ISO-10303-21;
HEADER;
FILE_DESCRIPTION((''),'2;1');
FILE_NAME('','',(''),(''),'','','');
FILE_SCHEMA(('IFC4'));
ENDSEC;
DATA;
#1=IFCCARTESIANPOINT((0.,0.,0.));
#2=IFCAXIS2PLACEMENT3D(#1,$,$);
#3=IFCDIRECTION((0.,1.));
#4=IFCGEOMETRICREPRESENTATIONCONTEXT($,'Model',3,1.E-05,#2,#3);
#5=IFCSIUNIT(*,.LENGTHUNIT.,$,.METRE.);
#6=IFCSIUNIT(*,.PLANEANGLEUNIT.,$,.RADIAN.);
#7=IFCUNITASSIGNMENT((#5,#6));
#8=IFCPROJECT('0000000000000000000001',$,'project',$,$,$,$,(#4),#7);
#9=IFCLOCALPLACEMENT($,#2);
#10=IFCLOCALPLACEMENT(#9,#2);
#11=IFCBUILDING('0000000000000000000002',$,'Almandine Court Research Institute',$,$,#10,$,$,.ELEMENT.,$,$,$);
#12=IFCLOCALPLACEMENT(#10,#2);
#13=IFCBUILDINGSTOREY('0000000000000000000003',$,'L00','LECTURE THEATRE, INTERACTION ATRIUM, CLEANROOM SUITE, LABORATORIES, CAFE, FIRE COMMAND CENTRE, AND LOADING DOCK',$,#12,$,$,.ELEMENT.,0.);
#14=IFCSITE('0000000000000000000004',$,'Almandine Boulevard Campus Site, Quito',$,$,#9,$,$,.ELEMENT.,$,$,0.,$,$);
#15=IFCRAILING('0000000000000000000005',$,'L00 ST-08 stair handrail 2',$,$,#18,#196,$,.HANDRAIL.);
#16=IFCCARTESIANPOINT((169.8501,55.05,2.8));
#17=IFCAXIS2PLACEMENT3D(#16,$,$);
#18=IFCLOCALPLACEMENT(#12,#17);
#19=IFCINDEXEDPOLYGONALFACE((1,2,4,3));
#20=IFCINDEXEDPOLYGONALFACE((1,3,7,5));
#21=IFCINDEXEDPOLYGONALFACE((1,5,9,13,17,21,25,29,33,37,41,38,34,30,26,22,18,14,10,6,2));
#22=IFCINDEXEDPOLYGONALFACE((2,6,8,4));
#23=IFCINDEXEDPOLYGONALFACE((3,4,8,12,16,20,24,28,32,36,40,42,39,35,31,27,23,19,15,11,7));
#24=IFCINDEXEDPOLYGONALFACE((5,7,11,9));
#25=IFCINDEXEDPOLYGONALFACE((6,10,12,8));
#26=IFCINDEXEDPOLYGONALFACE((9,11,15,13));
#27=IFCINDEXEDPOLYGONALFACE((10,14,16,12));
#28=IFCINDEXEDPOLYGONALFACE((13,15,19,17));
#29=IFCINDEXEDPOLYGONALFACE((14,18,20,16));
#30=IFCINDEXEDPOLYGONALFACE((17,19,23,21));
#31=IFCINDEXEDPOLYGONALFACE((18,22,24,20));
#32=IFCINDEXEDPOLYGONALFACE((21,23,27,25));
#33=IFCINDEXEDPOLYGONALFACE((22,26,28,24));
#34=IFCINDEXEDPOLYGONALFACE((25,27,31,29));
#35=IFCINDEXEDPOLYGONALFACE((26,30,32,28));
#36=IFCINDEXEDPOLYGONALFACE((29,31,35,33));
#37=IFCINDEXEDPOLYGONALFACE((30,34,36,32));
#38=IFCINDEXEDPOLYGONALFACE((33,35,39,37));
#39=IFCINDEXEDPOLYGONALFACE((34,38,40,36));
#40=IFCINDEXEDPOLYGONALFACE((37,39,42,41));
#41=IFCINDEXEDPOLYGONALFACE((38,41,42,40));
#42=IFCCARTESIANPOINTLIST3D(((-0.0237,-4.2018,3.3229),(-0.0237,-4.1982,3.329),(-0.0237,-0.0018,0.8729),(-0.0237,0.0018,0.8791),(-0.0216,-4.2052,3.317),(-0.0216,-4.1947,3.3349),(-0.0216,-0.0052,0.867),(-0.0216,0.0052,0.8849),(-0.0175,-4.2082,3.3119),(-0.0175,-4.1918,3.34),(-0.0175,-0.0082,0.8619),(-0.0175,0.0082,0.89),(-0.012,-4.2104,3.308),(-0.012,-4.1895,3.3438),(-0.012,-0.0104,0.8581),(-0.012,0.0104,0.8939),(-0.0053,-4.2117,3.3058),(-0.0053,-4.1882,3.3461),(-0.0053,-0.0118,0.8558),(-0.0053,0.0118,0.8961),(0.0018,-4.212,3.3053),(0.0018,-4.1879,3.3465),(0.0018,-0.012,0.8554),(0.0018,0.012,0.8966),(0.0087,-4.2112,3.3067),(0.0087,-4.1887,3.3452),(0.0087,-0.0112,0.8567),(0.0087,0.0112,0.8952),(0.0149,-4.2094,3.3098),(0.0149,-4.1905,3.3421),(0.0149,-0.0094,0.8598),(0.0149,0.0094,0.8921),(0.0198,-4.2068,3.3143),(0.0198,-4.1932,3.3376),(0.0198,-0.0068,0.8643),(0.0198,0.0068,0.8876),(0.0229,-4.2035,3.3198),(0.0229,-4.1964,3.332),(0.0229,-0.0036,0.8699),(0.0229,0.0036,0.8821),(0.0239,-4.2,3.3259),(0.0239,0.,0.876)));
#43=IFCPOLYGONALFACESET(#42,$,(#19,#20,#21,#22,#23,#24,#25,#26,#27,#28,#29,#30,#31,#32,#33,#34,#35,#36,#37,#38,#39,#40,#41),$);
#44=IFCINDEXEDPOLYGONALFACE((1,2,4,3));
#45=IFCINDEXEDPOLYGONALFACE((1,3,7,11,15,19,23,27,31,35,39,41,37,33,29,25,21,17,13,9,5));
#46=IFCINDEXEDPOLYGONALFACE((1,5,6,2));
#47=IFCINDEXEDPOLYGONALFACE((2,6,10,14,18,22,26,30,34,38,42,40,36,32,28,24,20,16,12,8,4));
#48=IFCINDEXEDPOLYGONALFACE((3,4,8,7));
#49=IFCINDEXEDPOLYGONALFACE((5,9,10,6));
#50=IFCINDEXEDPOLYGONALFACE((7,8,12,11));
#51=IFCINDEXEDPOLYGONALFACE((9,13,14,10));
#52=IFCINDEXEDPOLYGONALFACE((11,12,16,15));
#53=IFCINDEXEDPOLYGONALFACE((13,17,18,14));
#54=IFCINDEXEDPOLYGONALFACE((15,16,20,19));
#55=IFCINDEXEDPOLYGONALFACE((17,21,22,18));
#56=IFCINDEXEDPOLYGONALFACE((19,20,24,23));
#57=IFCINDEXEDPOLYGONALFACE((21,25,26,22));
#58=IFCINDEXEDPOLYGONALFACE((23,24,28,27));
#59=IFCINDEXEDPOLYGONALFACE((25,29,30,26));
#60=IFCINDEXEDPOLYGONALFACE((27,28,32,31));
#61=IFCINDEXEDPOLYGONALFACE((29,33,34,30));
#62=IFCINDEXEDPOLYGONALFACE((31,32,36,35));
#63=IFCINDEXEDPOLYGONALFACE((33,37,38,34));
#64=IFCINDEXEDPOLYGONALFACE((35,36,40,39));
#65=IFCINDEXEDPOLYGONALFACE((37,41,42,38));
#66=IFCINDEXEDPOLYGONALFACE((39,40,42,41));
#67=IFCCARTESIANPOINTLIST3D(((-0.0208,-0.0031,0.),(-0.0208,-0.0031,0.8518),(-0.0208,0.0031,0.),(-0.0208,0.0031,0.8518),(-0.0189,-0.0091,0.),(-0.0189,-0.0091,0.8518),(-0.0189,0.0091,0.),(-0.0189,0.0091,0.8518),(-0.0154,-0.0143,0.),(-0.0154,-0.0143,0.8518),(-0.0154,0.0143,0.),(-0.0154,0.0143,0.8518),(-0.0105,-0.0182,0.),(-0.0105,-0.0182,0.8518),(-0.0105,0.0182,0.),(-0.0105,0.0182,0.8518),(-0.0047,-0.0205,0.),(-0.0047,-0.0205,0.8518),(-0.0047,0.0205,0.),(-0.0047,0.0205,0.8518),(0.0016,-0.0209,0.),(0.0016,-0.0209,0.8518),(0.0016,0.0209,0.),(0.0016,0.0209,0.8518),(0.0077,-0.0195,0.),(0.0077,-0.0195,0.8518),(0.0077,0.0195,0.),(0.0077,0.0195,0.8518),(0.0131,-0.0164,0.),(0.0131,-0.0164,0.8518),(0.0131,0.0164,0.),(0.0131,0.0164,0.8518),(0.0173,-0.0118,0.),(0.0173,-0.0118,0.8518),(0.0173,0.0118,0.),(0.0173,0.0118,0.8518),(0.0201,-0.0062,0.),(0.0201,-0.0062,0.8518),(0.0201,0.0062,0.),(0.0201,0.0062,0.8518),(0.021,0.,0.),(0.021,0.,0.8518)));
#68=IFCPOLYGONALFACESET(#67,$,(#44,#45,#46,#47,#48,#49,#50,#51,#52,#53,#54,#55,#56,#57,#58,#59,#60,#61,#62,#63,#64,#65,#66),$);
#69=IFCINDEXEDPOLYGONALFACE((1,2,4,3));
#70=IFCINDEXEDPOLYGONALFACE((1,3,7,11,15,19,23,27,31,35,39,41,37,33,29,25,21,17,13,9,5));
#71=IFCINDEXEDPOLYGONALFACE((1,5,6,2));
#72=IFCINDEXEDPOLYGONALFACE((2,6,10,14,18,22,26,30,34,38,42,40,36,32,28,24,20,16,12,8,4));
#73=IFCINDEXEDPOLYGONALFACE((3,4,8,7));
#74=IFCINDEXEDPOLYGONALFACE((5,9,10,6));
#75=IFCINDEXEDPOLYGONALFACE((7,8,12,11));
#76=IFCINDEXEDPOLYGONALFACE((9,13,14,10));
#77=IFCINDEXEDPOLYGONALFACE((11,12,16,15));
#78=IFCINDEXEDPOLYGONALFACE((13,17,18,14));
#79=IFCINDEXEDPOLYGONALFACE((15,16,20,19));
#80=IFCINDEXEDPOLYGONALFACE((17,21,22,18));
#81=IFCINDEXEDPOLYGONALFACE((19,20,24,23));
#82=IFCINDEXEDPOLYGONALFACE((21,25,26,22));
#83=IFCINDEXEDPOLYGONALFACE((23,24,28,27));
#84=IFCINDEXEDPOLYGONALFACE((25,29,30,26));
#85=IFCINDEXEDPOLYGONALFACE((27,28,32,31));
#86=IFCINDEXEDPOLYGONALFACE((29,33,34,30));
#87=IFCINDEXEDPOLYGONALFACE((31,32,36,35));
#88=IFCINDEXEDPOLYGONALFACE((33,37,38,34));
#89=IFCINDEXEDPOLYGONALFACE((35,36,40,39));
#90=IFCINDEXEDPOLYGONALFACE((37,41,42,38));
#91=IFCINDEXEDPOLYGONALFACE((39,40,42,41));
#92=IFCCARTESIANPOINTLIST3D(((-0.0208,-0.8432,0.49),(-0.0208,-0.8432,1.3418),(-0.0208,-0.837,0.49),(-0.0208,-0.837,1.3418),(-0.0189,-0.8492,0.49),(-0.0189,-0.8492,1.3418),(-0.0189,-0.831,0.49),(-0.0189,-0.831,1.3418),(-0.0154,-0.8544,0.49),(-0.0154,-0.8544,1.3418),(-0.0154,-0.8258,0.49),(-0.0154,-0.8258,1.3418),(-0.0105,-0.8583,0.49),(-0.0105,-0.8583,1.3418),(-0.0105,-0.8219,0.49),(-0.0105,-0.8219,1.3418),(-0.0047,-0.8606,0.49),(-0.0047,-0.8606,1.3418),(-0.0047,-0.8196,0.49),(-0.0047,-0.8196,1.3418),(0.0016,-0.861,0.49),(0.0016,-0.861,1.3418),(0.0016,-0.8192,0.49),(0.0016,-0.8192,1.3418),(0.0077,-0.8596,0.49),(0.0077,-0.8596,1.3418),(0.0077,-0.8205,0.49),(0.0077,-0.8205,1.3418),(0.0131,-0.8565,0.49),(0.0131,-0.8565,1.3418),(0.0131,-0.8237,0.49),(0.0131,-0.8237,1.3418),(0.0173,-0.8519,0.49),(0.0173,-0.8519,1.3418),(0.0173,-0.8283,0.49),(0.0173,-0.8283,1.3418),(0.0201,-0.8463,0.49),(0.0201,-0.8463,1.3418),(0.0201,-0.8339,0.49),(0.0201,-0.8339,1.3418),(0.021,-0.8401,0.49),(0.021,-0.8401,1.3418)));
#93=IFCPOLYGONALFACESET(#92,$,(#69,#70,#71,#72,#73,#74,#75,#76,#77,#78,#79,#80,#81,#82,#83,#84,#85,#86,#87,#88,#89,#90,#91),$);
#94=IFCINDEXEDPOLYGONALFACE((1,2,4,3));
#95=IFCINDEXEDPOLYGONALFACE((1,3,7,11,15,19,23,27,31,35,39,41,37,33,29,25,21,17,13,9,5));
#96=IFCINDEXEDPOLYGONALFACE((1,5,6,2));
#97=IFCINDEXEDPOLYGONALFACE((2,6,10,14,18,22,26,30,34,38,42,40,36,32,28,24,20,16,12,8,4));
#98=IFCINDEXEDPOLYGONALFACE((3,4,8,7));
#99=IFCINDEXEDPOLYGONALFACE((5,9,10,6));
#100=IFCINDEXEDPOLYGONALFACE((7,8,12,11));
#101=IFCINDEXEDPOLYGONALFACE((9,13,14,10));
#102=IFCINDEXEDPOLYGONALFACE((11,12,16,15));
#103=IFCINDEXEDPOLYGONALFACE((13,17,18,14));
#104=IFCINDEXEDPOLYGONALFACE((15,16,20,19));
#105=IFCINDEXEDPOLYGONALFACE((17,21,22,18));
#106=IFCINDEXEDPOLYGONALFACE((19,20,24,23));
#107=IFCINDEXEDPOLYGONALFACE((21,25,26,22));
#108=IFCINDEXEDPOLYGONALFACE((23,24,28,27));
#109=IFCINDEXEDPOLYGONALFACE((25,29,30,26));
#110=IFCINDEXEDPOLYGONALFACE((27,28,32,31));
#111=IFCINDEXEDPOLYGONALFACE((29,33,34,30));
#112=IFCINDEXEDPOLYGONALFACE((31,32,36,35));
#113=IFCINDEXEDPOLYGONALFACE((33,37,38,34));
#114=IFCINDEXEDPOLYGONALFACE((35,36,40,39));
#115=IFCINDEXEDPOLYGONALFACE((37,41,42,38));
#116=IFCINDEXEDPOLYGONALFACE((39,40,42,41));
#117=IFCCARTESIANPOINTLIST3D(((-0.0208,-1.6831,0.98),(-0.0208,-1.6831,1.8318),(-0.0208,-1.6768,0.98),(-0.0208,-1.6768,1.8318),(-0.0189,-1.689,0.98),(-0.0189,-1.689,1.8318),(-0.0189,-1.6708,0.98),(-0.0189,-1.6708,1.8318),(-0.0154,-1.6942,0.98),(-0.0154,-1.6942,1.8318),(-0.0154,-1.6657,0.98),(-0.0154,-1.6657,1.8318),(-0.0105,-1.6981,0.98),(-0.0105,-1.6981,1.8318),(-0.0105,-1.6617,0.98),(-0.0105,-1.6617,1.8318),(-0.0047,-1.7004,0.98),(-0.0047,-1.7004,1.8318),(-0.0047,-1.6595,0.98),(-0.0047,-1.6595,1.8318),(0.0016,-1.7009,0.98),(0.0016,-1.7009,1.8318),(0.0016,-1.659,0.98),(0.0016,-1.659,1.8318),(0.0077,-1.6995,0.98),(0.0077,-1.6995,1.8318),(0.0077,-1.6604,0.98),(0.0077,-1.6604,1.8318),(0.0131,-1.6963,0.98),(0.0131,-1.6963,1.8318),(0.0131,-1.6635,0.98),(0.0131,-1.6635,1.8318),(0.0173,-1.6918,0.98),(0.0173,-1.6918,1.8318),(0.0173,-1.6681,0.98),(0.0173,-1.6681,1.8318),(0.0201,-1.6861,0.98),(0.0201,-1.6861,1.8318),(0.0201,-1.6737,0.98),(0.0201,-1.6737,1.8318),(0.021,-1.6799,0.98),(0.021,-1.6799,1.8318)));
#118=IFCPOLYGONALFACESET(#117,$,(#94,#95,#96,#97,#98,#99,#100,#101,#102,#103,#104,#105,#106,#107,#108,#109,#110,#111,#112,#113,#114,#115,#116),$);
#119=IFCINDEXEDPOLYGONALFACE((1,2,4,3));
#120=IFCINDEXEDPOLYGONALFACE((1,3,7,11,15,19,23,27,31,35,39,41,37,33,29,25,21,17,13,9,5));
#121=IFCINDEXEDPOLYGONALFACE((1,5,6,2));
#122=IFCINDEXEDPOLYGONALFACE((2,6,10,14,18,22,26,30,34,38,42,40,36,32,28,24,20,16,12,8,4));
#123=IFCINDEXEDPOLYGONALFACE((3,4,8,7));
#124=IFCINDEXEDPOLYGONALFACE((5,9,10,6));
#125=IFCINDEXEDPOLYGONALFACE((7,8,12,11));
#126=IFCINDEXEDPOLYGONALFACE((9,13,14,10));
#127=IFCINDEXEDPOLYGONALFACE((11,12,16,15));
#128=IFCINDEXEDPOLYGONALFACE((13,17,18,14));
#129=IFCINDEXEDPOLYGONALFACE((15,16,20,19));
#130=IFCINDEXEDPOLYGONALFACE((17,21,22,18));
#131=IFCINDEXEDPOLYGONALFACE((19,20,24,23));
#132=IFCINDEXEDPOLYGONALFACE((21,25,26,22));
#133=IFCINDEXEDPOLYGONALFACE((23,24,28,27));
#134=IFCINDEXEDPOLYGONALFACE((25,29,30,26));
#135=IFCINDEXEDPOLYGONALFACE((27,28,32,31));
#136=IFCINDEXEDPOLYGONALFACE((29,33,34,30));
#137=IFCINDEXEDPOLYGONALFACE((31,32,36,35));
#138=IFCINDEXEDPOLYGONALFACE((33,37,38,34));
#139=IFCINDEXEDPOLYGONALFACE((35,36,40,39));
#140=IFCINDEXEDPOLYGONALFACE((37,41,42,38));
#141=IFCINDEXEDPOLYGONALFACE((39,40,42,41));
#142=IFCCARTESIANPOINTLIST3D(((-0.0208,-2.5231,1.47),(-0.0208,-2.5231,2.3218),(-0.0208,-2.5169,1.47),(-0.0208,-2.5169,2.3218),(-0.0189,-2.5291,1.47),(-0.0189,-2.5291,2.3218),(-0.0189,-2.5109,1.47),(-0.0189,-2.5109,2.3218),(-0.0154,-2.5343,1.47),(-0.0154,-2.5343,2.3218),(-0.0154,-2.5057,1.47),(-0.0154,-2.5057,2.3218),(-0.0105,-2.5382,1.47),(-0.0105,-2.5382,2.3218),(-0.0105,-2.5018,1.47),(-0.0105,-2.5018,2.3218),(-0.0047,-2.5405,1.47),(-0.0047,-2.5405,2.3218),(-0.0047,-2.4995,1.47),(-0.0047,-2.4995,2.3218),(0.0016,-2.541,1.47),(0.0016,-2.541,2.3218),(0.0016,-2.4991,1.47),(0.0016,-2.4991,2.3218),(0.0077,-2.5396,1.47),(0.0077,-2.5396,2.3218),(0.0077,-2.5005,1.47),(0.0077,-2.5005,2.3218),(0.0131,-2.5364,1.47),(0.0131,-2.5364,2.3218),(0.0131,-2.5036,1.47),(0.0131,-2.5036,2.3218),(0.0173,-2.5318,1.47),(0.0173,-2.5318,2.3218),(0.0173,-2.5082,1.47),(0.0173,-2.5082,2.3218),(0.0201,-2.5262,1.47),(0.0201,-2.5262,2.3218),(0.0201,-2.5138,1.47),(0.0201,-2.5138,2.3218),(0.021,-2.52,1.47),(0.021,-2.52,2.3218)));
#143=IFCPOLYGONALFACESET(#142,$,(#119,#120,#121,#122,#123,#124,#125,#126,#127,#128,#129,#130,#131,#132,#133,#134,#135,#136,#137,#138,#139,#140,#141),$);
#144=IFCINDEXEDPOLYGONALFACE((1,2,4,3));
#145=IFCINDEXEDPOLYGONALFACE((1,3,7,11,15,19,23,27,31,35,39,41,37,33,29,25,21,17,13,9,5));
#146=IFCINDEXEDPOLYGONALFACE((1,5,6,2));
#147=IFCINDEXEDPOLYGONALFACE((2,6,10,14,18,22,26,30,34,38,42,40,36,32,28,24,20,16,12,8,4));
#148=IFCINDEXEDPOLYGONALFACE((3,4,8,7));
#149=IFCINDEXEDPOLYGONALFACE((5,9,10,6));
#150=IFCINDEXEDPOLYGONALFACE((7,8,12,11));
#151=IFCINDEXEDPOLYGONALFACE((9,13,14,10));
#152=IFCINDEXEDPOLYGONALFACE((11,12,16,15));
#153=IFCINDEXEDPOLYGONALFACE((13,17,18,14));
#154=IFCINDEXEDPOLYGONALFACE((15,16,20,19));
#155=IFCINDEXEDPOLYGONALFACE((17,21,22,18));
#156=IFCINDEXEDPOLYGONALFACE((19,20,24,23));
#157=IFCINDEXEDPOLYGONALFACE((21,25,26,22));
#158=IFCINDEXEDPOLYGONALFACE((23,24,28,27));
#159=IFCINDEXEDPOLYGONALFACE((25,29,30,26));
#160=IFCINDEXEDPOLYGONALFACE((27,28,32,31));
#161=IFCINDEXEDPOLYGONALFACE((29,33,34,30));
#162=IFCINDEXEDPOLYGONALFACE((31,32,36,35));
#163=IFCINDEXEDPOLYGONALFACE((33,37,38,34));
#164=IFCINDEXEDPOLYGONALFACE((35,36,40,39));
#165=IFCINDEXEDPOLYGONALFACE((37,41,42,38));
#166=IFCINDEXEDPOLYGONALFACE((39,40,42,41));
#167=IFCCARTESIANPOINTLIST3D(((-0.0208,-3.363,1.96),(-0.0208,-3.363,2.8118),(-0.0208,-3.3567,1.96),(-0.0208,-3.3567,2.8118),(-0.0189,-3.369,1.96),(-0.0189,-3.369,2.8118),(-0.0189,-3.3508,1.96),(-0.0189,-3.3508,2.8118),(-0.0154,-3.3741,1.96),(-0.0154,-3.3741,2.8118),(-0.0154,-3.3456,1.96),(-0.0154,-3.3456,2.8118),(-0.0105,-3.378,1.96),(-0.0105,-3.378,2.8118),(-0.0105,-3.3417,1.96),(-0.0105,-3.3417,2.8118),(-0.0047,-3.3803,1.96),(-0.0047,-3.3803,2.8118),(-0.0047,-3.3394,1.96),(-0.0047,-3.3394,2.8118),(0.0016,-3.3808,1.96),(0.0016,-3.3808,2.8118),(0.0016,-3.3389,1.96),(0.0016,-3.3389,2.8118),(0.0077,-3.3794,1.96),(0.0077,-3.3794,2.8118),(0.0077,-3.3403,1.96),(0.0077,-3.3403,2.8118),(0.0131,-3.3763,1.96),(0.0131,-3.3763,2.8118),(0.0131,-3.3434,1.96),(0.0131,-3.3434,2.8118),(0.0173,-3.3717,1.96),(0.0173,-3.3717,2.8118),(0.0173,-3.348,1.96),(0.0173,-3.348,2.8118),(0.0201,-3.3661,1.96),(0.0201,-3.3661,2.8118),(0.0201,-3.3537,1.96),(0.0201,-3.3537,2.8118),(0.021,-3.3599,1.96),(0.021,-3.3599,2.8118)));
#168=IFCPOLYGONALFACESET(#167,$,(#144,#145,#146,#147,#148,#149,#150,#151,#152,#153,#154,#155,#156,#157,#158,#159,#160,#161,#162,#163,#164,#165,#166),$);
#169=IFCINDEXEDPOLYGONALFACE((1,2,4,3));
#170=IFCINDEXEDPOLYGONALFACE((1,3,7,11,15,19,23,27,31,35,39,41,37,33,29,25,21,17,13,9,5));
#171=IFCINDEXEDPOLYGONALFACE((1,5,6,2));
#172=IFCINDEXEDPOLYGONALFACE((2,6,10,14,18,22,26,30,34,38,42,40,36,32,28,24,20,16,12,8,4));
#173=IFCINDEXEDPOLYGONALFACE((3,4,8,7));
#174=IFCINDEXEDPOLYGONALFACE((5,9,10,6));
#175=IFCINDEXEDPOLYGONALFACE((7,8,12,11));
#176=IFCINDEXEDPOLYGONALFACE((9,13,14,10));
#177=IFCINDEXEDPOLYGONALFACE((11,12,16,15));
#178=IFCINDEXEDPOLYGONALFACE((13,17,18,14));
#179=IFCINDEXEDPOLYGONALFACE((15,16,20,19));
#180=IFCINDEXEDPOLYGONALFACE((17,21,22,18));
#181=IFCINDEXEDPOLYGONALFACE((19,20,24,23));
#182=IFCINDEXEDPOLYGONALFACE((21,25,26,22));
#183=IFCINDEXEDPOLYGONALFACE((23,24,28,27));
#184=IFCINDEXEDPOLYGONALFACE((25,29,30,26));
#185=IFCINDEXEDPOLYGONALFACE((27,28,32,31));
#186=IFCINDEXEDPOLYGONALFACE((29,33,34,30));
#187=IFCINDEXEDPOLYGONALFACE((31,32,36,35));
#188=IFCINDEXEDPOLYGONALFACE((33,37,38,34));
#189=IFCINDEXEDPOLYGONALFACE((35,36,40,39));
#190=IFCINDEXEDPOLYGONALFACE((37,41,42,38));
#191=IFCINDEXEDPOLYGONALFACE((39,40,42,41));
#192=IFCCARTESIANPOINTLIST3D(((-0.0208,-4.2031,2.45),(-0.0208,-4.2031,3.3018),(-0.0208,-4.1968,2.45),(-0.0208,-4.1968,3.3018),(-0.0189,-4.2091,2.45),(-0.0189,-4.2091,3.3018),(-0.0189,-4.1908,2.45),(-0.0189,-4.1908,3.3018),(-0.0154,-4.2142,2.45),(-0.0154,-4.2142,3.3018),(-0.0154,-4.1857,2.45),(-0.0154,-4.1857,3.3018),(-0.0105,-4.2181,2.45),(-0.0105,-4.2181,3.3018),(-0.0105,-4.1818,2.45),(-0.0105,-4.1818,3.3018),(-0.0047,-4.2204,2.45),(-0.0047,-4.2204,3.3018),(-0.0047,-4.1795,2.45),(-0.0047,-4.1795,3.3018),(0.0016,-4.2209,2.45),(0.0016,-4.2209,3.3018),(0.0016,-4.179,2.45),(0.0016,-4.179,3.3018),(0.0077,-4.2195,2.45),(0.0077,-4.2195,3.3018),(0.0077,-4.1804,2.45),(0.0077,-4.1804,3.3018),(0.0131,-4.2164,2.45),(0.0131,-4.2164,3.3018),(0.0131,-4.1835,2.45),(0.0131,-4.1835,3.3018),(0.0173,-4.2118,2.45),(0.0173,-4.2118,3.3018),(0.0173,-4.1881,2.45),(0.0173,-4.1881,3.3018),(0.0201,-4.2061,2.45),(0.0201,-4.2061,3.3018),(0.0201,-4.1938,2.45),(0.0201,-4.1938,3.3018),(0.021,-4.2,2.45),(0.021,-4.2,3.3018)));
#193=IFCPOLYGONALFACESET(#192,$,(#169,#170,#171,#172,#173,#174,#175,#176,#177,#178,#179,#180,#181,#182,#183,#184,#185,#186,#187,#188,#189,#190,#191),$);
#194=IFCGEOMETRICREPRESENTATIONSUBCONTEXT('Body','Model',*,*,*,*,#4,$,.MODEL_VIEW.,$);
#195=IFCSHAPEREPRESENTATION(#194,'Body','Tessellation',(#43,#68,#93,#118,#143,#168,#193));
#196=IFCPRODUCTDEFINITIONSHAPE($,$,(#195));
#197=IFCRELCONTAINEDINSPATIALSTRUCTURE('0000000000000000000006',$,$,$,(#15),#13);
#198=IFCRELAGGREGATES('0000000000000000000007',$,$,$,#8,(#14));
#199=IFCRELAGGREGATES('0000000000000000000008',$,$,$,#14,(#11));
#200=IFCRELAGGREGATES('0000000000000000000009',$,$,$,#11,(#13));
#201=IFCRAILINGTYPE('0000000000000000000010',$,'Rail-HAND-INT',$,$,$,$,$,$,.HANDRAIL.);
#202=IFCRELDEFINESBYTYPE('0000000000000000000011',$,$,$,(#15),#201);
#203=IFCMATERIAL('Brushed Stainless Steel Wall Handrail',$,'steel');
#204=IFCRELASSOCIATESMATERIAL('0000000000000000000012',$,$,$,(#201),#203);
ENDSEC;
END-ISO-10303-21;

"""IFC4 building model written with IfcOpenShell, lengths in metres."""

from ifc_helpers import new_model, si_unit, direction, frame, origin, origin_2d, place, context, subcontext, project, spatial, circle, extrude, material, type_object, element, save


model = new_model("IFC4")

# Units and contexts
model_context = context("Model", 3, precision=1e-05, world=origin(), true_north=direction((0.0, 1.0)))
body_context = subcontext(model_context, "Body", "Model", "MODEL_VIEW")
ifc_project = project(units=[si_unit("LENGTHUNIT", "METRE"), si_unit("PLANEANGLEUNIT", "RADIAN")], contexts=[model_context])

# Site, building, storey
site_placement = place(None, origin())
site = spatial("IfcSite", under=ifc_project, at=site_placement, Name="Almandine Boulevard Campus Site, Quito", CompositionType="ELEMENT", RefElevation=0.0)
building_placement = place(site_placement, origin())
building = spatial("IfcBuilding", under=site, at=building_placement, Name="Almandine Court Research Institute", CompositionType="ELEMENT")
storey_placement = place(building_placement, origin())
storey = spatial("IfcBuildingStorey", under=building, at=storey_placement, Name="L00", Description="LECTURE THEATRE, INTERACTION ATRIUM, CLEANROOM SUITE, LABORATORIES, CAFE, FIRE COMMAND CENTRE, AND LOADING DOCK", CompositionType="ELEMENT", Elevation=0.0)

# Railing
ifc_material_1 = material(Name="Brushed Stainless Steel Wall Handrail", Category="steel")
railing_type_1 = type_object("IfcRailingType", Name="Rail-HAND-INT", PredefinedType="HANDRAIL", material=ifc_material_1)
railing_1_placement = place(storey_placement, frame((169.8501, 55.05, 2.8)))
element("IfcRailing", 1, at=railing_1_placement, inside=storey, type_object=railing_type_1, Name="L00 ST-08 stair handrail 2", PredefinedType="HANDRAIL", context=body_context, shape_type="SweptSolid", body=[
    extrude(circle(Radius=0.0239, at=origin_2d()), frame((0.0, 0.0, 0.876), z_axis=(0.0, -0.863781, 0.503868), x_axis=(1.0, 0.0, 0.0)), (0.0, 0.0, 1.0), 4.8623),
    extrude(circle(Radius=0.021, at=origin_2d()), origin(), (0.0, 0.0, 1.0), 0.8518),
    extrude(circle(Radius=0.021, at=origin_2d()), frame((0.0, -0.8401, 0.49)), (0.0, 0.0, 1.0), 0.8518),
    extrude(circle(Radius=0.021, at=origin_2d()), frame((0.0, -1.6799, 0.98)), (0.0, 0.0, 1.0), 0.8518),
    extrude(circle(Radius=0.021, at=origin_2d()), frame((0.0, -2.52, 1.47)), (0.0, 0.0, 1.0), 0.8518),
    extrude(circle(Radius=0.021, at=origin_2d()), frame((0.0, -3.3599, 1.96)), (0.0, 0.0, 1.0), 0.8518),
    extrude(circle(Radius=0.021, at=origin_2d()), frame((0.0, -4.2, 2.45)), (0.0, 0.0, 1.0), 0.8518),
])

save(model, "model.ifc")
